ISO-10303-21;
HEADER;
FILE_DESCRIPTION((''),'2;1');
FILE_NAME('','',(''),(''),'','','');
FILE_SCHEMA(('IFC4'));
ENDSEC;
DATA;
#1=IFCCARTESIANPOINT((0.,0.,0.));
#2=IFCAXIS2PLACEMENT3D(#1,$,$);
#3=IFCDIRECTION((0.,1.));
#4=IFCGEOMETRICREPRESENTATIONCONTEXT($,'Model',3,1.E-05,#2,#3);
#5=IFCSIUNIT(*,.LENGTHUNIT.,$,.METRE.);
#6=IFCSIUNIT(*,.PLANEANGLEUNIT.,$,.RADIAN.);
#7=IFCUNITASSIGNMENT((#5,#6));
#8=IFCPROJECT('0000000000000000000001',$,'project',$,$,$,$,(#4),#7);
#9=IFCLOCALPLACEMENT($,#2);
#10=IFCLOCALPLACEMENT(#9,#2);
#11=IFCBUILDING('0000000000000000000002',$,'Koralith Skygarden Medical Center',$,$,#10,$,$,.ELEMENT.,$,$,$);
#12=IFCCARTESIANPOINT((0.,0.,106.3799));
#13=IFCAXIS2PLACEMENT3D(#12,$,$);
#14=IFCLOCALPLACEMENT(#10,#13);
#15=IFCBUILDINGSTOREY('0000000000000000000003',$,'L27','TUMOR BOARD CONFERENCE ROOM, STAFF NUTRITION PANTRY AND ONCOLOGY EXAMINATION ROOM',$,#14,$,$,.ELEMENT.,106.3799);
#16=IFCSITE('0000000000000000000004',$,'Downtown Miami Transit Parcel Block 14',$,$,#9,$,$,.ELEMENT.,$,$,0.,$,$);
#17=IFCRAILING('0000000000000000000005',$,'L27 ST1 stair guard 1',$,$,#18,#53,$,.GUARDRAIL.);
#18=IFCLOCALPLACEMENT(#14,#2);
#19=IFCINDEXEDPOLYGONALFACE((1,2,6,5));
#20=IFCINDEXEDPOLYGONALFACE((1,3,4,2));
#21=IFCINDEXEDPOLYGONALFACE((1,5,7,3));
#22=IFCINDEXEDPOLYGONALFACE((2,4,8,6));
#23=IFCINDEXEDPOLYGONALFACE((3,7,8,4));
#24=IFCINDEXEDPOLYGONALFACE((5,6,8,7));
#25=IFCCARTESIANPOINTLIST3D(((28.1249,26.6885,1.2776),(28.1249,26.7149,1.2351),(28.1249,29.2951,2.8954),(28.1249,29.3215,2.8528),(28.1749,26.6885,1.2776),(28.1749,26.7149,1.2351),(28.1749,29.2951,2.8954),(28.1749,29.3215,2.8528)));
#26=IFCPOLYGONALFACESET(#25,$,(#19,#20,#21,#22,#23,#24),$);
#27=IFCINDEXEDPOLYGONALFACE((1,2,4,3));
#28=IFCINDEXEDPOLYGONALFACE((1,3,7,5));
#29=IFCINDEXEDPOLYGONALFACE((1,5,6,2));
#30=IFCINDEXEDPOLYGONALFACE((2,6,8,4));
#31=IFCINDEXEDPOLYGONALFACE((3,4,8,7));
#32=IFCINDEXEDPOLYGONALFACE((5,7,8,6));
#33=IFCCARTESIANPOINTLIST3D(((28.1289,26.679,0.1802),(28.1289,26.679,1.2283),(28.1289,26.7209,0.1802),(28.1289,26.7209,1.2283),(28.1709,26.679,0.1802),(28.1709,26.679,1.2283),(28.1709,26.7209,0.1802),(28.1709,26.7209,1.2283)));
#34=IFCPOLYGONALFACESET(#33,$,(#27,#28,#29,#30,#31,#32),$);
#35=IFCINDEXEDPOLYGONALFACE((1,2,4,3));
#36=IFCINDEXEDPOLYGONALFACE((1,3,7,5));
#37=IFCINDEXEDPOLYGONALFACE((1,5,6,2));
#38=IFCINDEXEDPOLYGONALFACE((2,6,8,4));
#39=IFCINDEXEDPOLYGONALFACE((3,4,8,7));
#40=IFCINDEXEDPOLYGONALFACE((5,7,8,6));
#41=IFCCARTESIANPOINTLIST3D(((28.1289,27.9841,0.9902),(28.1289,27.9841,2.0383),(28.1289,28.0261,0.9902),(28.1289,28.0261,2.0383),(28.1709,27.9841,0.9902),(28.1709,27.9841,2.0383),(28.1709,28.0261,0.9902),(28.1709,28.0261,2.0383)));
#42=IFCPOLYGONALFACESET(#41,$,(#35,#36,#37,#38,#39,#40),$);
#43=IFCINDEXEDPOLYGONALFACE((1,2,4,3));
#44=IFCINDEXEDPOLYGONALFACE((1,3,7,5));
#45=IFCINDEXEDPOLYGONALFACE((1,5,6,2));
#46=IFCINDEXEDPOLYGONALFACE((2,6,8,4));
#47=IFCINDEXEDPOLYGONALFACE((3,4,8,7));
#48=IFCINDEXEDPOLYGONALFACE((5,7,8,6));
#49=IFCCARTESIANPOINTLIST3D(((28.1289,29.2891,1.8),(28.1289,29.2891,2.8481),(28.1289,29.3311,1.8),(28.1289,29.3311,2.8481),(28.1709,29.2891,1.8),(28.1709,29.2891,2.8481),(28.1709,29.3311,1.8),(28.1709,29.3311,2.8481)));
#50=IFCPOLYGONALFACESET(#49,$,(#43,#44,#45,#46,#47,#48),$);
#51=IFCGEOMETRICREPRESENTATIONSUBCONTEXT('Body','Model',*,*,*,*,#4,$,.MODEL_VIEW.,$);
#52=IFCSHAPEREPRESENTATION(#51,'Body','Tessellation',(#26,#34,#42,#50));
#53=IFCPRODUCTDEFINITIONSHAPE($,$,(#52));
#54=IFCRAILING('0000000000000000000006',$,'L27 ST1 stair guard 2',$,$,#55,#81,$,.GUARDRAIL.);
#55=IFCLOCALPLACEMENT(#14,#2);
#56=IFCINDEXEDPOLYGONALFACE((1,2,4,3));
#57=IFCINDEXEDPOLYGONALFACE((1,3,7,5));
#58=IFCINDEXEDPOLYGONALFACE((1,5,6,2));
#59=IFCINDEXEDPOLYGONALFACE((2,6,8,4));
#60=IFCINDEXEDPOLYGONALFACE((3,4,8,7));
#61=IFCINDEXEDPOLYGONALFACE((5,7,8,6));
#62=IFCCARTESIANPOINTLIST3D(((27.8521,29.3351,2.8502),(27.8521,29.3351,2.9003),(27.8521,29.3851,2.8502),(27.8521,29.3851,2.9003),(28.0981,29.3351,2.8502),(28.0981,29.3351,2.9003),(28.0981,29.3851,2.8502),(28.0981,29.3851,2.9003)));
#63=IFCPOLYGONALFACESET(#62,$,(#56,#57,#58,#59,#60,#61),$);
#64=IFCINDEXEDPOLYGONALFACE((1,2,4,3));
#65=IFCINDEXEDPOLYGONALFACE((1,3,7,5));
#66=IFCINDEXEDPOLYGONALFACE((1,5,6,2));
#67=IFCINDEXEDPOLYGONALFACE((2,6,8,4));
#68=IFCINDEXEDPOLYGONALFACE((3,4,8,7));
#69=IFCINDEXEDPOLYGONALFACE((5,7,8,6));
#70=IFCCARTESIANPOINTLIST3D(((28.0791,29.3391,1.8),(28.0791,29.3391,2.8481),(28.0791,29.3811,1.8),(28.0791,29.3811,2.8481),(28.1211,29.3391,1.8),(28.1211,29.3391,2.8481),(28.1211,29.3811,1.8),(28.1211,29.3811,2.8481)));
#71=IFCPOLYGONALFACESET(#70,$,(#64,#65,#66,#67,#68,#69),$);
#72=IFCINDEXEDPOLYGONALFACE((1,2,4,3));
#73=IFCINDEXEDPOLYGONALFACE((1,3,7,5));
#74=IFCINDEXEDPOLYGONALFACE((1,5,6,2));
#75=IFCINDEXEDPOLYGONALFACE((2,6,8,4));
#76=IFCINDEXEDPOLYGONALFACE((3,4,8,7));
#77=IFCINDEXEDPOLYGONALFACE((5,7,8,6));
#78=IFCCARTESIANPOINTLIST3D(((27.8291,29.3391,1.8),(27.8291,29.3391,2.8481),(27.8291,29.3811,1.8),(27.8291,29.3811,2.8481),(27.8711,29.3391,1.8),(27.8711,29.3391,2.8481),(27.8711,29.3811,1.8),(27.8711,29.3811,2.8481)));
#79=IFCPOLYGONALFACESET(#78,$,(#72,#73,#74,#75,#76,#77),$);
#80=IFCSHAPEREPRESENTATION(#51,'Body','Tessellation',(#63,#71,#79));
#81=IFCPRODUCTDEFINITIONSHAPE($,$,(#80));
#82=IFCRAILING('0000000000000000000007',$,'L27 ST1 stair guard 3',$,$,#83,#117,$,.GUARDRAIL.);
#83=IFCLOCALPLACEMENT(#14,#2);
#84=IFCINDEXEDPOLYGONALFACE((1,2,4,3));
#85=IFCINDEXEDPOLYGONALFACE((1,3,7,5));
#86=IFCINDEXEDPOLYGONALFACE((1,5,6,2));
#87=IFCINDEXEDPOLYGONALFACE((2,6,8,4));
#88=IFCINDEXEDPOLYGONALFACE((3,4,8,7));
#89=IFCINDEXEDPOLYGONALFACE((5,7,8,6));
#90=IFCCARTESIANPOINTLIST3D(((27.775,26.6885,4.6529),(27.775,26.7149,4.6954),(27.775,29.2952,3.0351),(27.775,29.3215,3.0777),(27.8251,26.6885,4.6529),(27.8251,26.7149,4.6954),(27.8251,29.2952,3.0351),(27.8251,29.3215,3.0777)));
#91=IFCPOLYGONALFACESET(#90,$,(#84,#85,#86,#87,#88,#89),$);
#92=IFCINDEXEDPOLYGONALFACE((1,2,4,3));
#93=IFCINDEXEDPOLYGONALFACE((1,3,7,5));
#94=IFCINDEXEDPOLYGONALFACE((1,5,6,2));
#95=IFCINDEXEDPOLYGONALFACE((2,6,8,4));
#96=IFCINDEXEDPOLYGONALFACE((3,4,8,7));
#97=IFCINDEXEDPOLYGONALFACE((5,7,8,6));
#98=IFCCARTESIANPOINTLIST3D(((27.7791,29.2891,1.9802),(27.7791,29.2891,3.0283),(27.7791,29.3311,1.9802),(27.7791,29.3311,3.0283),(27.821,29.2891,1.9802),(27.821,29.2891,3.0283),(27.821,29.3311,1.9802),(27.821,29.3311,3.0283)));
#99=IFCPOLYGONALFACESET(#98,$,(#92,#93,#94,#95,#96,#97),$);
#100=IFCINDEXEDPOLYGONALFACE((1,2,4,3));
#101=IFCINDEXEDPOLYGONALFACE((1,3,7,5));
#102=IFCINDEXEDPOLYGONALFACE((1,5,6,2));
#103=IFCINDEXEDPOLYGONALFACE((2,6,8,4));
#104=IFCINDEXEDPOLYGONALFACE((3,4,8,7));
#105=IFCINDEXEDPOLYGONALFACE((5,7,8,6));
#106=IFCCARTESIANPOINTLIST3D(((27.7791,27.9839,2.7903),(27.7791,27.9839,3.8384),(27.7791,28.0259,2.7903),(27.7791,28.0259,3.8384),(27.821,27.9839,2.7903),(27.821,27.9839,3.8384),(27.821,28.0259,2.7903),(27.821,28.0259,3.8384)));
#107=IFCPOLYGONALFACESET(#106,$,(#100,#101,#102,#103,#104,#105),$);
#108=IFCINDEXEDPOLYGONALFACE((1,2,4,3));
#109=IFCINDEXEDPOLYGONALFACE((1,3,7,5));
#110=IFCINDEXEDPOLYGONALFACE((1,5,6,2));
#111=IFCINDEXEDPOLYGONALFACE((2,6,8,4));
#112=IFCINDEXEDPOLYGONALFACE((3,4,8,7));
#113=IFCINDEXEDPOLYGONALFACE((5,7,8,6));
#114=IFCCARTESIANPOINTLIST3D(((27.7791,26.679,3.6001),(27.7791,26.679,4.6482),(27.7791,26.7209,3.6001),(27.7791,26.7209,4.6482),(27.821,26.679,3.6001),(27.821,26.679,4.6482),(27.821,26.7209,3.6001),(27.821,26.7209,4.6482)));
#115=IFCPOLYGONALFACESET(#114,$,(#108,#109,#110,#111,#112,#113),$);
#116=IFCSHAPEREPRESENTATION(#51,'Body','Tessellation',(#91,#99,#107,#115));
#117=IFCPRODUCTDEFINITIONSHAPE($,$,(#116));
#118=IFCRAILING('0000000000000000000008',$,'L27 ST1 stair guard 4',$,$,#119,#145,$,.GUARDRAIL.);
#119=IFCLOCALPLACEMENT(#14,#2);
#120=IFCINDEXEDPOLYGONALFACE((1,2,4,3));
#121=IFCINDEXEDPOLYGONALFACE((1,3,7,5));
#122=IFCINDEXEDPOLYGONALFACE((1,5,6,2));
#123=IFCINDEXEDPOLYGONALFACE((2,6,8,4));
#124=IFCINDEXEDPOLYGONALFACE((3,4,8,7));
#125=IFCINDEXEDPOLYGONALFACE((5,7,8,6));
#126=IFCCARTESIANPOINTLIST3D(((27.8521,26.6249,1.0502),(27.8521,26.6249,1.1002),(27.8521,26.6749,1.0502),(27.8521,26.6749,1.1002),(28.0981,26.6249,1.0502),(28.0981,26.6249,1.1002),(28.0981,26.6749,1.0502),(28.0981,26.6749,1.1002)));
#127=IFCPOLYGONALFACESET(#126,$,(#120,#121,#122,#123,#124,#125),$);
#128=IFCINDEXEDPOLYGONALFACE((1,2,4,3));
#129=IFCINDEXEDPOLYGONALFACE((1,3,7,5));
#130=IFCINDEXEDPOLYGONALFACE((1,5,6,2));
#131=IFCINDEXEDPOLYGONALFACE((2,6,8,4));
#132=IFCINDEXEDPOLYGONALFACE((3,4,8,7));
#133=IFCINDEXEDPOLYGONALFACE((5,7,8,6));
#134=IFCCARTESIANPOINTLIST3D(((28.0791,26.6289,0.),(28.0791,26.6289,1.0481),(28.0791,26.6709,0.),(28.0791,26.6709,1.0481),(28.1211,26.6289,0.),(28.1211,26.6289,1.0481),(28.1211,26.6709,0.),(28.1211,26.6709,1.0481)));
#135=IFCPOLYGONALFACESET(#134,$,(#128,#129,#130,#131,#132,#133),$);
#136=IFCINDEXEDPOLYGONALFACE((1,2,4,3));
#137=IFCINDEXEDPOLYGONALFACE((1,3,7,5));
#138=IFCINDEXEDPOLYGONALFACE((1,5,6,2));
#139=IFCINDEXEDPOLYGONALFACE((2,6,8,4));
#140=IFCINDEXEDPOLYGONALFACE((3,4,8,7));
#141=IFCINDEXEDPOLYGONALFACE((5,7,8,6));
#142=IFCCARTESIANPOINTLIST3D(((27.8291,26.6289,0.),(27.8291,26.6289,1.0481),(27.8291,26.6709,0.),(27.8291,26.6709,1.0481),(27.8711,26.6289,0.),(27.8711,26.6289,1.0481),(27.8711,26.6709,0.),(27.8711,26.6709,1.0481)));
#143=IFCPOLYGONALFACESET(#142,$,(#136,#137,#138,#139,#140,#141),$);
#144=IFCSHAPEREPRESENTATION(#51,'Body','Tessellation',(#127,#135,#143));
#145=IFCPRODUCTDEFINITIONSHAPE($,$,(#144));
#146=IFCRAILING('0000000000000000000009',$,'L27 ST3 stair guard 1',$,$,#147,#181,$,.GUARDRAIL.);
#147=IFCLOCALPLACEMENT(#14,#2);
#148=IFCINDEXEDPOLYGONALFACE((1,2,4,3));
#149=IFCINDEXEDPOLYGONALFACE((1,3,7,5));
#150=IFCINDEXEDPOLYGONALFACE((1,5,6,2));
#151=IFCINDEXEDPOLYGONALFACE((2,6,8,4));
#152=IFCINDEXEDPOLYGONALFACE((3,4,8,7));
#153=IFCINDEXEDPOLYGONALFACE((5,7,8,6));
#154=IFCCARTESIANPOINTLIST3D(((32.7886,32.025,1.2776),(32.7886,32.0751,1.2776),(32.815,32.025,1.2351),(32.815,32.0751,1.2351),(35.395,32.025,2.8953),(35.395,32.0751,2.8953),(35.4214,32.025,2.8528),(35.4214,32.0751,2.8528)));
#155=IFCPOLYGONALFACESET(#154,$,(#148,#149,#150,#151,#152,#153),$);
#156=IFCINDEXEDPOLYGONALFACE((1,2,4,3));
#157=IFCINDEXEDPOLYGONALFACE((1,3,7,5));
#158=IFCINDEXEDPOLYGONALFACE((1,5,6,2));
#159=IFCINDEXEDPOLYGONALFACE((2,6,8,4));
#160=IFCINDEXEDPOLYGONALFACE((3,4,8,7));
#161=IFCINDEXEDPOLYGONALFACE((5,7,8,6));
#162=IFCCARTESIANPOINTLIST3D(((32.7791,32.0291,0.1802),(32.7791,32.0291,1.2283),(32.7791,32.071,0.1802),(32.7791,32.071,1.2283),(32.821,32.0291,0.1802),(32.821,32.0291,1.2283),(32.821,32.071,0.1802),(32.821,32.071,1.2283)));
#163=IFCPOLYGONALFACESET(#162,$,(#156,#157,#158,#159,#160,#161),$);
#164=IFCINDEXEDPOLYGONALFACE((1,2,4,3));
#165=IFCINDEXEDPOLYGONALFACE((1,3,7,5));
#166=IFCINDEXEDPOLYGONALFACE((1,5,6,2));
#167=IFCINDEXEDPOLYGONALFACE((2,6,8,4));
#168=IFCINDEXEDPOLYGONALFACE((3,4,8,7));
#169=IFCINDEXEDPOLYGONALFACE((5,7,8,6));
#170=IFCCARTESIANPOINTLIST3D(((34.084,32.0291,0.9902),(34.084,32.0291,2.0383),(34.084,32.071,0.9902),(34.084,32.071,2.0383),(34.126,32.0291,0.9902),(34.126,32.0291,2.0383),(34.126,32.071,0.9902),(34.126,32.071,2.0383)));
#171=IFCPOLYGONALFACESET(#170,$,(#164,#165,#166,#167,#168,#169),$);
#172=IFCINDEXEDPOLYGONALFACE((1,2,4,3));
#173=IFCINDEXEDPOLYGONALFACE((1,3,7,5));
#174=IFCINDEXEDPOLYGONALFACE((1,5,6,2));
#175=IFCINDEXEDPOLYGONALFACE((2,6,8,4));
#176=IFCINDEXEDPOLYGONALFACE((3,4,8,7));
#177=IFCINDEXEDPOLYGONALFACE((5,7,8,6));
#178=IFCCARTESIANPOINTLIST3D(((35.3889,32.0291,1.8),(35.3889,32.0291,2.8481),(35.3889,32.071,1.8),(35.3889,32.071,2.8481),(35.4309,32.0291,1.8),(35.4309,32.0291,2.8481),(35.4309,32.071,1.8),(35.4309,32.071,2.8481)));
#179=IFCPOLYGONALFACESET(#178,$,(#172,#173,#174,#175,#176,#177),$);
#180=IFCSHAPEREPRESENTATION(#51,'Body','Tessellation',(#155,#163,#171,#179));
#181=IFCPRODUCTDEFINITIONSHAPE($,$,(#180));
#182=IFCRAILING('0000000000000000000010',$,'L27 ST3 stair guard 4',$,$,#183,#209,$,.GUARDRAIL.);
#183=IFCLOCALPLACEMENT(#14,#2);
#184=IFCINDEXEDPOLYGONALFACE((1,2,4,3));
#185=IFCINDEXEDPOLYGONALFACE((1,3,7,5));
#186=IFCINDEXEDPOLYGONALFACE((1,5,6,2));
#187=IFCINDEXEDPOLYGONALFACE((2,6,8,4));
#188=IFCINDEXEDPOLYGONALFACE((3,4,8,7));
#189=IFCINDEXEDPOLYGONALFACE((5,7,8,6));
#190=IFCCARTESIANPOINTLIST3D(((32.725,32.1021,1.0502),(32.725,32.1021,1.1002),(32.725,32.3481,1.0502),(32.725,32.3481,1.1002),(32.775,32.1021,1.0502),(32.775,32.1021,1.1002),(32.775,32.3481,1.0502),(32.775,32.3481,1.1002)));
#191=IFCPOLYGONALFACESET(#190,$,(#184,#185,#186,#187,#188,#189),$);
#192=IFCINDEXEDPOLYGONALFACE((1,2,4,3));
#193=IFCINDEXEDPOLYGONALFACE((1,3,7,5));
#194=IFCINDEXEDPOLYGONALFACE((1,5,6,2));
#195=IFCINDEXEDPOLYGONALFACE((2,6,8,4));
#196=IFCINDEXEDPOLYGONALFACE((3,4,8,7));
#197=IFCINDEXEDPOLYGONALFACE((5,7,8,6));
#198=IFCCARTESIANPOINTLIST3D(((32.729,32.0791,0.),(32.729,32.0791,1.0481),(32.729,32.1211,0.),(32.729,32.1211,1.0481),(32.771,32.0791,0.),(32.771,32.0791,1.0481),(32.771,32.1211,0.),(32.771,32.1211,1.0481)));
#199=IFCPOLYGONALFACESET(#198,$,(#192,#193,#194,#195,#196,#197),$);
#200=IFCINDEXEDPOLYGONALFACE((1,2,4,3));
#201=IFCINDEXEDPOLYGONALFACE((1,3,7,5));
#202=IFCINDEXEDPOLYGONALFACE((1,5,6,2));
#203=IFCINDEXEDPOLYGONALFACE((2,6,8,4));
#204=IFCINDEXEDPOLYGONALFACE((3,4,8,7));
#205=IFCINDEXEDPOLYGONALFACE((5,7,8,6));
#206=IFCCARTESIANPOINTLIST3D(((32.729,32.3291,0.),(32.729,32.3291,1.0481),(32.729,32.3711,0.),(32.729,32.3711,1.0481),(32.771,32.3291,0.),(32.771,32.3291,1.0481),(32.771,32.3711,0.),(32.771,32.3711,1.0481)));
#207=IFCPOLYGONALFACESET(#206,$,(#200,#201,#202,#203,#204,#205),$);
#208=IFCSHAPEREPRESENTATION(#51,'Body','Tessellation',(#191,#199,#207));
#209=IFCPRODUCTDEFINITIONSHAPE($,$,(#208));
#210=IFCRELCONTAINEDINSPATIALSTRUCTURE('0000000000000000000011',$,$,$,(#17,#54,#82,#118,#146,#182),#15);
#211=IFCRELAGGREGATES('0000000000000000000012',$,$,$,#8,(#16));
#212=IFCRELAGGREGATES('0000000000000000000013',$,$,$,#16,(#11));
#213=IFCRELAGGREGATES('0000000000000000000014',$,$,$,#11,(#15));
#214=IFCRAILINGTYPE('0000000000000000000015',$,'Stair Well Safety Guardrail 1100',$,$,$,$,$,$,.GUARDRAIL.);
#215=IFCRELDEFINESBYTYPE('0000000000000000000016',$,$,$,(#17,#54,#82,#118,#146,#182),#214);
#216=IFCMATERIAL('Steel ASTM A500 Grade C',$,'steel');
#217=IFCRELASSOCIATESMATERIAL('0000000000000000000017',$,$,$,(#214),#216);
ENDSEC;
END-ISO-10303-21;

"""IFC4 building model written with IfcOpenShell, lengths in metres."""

from ifc_helpers import new_model, si_unit, direction, frame, origin, origin_2d, place, context, subcontext, project, spatial, rectangle, extrude, material, type_object, element, save


model = new_model("IFC4")

# Units and contexts
model_context = context("Model", 3, precision=1e-05, world=origin(), true_north=direction((0.0, 1.0)))
body_context = subcontext(model_context, "Body", "Model", "MODEL_VIEW")
ifc_project = project(units=[si_unit("LENGTHUNIT", "METRE"), si_unit("PLANEANGLEUNIT", "RADIAN")], contexts=[model_context])

# Site, building, storey
site_placement = place(None, origin())
site = spatial("IfcSite", under=ifc_project, at=site_placement, Name="Downtown Miami Transit Parcel Block 14", CompositionType="ELEMENT", RefElevation=0.0)
building_placement = place(site_placement, origin())
building = spatial("IfcBuilding", under=site, at=building_placement, Name="Koralith Skygarden Medical Center", CompositionType="ELEMENT")
storey_placement = place(building_placement, frame((0.0, 0.0, 106.3799)))
storey = spatial("IfcBuildingStorey", under=building, at=storey_placement, Name="L27", Description="TUMOR BOARD CONFERENCE ROOM, STAFF NUTRITION PANTRY AND ONCOLOGY EXAMINATION ROOM", CompositionType="ELEMENT", Elevation=106.3799)

# Railings
ifc_material_1 = material(Name="Steel ASTM A500 Grade C", Category="steel")
railing_type_1 = type_object("IfcRailingType", Name="Stair Well Safety Guardrail 1100", PredefinedType="GUARDRAIL", material=ifc_material_1)
railing_1_placement = place(storey_placement, frame((28.1499, 26.7, 0.1802)))
element("IfcRailing", 1, at=railing_1_placement, inside=storey, type_object=railing_type_1, Name="L27 ST1 stair guard 1", PredefinedType="GUARDRAIL", context=body_context, shape_type="SweptSolid", body=[
    extrude(rectangle(XDim=0.05, YDim=0.05, at=origin_2d()), frame((0.0, 0.0017, 1.0762), z_axis=(0.0, 0.849668, 0.527317), x_axis=(-1.0, 0.0, 0.0)), (0.0, 0.0, 1.0), 3.0679),
    extrude(rectangle(XDim=0.042, YDim=0.042, at=origin_2d()), origin(), (0.0, 0.0, 1.0), 1.0481),
    extrude(rectangle(XDim=0.042, YDim=0.042, at=origin_2d()), frame((0.0, 1.3052, 0.8101)), (0.0, 0.0, 1.0), 1.0481),
    extrude(rectangle(XDim=0.042, YDim=0.042, at=origin_2d()), frame((0.0, 2.6101, 1.6199)), (0.0, 0.0, 1.0), 1.0481),
])
railing_2_placement = place(storey_placement, frame((28.1001, 29.3601, 1.8)))
element("IfcRailing", 2, at=railing_2_placement, inside=storey, type_object=railing_type_1, Name="L27 ST1 stair guard 2", PredefinedType="GUARDRAIL", context=body_context, shape_type="SweptSolid", body=[
    extrude(rectangle(XDim=0.05, YDim=0.05, at=origin_2d()), frame((-0.002, 0.0, 1.0752), z_axis=(-1.0, 0.0, 0.0), x_axis=(0.0, -1.0, 0.0)), (0.0, 0.0, 1.0), 0.2461),
    extrude(rectangle(XDim=0.042, YDim=0.042, at=origin_2d()), origin(), (0.0, 0.0, 1.0), 1.0481),
    extrude(rectangle(XDim=0.042, YDim=0.042, at=origin_2d()), frame((-0.25, 0.0, 0.0)), (0.0, 0.0, 1.0), 1.0481),
])
railing_3_placement = place(storey_placement, frame((27.8, 29.3101, 1.9802)))
element("IfcRailing", 3, at=railing_3_placement, inside=storey, type_object=railing_type_1, Name="L27 ST1 stair guard 3", PredefinedType="GUARDRAIL", context=body_context, shape_type="SweptSolid", body=[
    extrude(rectangle(XDim=0.05, YDim=0.05, at=origin_2d()), frame((0.0, -0.0017, 1.0762), z_axis=(0.0, -0.849668, 0.527317), x_axis=(1.0, 0.0, 0.0)), (0.0, 0.0, 1.0), 3.0679),
    extrude(rectangle(XDim=0.042, YDim=0.042, at=origin_2d()), origin(), (0.0, 0.0, 1.0), 1.0481),
    extrude(rectangle(XDim=0.042, YDim=0.042, at=origin_2d()), frame((0.0, -1.3052, 0.8101)), (0.0, 0.0, 1.0), 1.0481),
    extrude(rectangle(XDim=0.042, YDim=0.042, at=origin_2d()), frame((0.0, -2.6101, 1.6199)), (0.0, 0.0, 1.0), 1.0481),
])
railing_4_placement = place(storey_placement, frame((28.1001, 26.6499, 0.0)))
element("IfcRailing", 4, at=railing_4_placement, inside=storey, type_object=railing_type_1, Name="L27 ST1 stair guard 4", PredefinedType="GUARDRAIL", context=body_context, shape_type="SweptSolid", body=[
    extrude(rectangle(XDim=0.05, YDim=0.05, at=origin_2d()), frame((-0.002, 0.0, 1.0752), z_axis=(-1.0, 0.0, 0.0), x_axis=(0.0, -1.0, 0.0)), (0.0, 0.0, 1.0), 0.2461),
    extrude(rectangle(XDim=0.042, YDim=0.042, at=origin_2d()), origin(), (0.0, 0.0, 1.0), 1.0481),
    extrude(rectangle(XDim=0.042, YDim=0.042, at=origin_2d()), frame((-0.25, 0.0, 0.0)), (0.0, 0.0, 1.0), 1.0481),
])
railing_5_placement = place(storey_placement, frame((32.8, 32.05, 0.1802)))
element("IfcRailing", 5, at=railing_5_placement, inside=storey, type_object=railing_type_1, Name="L27 ST3 stair guard 1", PredefinedType="GUARDRAIL", context=body_context, shape_type="SweptSolid", body=[
    extrude(rectangle(XDim=0.05, YDim=0.05, at=origin_2d()), frame((0.0017, 0.0, 1.0762), z_axis=(0.849646, 0.0, 0.527353), x_axis=(0.0, 1.0, 0.0)), (0.0, 0.0, 1.0), 3.0676),
    extrude(rectangle(XDim=0.042, YDim=0.042, at=origin_2d()), origin(), (0.0, 0.0, 1.0), 1.0481),
    extrude(rectangle(XDim=0.042, YDim=0.042, at=origin_2d()), frame((1.3049, 0.0, 0.8101)), (0.0, 0.0, 1.0), 1.0481),
    extrude(rectangle(XDim=0.042, YDim=0.042, at=origin_2d()), frame((2.6099, 0.0, 1.6199)), (0.0, 0.0, 1.0), 1.0481),
])
railing_6_placement = place(storey_placement, frame((32.75, 32.1001, 0.0)))
element("IfcRailing", 6, at=railing_6_placement, inside=storey, type_object=railing_type_1, Name="L27 ST3 stair guard 4", PredefinedType="GUARDRAIL", context=body_context, shape_type="SweptSolid", body=[
    extrude(rectangle(XDim=0.05, YDim=0.05, at=origin_2d()), frame((0.0, 0.002, 1.0752), z_axis=(0.0, 1.0, 0.0), x_axis=(-1.0, 0.0, 0.0)), (0.0, 0.0, 1.0), 0.2461),
    extrude(rectangle(XDim=0.042, YDim=0.042, at=origin_2d()), origin(), (0.0, 0.0, 1.0), 1.0481),
    extrude(rectangle(XDim=0.042, YDim=0.042, at=origin_2d()), frame((0.0, 0.25, 0.0)), (0.0, 0.0, 1.0), 1.0481),
])

save(model, "model.ifc")
